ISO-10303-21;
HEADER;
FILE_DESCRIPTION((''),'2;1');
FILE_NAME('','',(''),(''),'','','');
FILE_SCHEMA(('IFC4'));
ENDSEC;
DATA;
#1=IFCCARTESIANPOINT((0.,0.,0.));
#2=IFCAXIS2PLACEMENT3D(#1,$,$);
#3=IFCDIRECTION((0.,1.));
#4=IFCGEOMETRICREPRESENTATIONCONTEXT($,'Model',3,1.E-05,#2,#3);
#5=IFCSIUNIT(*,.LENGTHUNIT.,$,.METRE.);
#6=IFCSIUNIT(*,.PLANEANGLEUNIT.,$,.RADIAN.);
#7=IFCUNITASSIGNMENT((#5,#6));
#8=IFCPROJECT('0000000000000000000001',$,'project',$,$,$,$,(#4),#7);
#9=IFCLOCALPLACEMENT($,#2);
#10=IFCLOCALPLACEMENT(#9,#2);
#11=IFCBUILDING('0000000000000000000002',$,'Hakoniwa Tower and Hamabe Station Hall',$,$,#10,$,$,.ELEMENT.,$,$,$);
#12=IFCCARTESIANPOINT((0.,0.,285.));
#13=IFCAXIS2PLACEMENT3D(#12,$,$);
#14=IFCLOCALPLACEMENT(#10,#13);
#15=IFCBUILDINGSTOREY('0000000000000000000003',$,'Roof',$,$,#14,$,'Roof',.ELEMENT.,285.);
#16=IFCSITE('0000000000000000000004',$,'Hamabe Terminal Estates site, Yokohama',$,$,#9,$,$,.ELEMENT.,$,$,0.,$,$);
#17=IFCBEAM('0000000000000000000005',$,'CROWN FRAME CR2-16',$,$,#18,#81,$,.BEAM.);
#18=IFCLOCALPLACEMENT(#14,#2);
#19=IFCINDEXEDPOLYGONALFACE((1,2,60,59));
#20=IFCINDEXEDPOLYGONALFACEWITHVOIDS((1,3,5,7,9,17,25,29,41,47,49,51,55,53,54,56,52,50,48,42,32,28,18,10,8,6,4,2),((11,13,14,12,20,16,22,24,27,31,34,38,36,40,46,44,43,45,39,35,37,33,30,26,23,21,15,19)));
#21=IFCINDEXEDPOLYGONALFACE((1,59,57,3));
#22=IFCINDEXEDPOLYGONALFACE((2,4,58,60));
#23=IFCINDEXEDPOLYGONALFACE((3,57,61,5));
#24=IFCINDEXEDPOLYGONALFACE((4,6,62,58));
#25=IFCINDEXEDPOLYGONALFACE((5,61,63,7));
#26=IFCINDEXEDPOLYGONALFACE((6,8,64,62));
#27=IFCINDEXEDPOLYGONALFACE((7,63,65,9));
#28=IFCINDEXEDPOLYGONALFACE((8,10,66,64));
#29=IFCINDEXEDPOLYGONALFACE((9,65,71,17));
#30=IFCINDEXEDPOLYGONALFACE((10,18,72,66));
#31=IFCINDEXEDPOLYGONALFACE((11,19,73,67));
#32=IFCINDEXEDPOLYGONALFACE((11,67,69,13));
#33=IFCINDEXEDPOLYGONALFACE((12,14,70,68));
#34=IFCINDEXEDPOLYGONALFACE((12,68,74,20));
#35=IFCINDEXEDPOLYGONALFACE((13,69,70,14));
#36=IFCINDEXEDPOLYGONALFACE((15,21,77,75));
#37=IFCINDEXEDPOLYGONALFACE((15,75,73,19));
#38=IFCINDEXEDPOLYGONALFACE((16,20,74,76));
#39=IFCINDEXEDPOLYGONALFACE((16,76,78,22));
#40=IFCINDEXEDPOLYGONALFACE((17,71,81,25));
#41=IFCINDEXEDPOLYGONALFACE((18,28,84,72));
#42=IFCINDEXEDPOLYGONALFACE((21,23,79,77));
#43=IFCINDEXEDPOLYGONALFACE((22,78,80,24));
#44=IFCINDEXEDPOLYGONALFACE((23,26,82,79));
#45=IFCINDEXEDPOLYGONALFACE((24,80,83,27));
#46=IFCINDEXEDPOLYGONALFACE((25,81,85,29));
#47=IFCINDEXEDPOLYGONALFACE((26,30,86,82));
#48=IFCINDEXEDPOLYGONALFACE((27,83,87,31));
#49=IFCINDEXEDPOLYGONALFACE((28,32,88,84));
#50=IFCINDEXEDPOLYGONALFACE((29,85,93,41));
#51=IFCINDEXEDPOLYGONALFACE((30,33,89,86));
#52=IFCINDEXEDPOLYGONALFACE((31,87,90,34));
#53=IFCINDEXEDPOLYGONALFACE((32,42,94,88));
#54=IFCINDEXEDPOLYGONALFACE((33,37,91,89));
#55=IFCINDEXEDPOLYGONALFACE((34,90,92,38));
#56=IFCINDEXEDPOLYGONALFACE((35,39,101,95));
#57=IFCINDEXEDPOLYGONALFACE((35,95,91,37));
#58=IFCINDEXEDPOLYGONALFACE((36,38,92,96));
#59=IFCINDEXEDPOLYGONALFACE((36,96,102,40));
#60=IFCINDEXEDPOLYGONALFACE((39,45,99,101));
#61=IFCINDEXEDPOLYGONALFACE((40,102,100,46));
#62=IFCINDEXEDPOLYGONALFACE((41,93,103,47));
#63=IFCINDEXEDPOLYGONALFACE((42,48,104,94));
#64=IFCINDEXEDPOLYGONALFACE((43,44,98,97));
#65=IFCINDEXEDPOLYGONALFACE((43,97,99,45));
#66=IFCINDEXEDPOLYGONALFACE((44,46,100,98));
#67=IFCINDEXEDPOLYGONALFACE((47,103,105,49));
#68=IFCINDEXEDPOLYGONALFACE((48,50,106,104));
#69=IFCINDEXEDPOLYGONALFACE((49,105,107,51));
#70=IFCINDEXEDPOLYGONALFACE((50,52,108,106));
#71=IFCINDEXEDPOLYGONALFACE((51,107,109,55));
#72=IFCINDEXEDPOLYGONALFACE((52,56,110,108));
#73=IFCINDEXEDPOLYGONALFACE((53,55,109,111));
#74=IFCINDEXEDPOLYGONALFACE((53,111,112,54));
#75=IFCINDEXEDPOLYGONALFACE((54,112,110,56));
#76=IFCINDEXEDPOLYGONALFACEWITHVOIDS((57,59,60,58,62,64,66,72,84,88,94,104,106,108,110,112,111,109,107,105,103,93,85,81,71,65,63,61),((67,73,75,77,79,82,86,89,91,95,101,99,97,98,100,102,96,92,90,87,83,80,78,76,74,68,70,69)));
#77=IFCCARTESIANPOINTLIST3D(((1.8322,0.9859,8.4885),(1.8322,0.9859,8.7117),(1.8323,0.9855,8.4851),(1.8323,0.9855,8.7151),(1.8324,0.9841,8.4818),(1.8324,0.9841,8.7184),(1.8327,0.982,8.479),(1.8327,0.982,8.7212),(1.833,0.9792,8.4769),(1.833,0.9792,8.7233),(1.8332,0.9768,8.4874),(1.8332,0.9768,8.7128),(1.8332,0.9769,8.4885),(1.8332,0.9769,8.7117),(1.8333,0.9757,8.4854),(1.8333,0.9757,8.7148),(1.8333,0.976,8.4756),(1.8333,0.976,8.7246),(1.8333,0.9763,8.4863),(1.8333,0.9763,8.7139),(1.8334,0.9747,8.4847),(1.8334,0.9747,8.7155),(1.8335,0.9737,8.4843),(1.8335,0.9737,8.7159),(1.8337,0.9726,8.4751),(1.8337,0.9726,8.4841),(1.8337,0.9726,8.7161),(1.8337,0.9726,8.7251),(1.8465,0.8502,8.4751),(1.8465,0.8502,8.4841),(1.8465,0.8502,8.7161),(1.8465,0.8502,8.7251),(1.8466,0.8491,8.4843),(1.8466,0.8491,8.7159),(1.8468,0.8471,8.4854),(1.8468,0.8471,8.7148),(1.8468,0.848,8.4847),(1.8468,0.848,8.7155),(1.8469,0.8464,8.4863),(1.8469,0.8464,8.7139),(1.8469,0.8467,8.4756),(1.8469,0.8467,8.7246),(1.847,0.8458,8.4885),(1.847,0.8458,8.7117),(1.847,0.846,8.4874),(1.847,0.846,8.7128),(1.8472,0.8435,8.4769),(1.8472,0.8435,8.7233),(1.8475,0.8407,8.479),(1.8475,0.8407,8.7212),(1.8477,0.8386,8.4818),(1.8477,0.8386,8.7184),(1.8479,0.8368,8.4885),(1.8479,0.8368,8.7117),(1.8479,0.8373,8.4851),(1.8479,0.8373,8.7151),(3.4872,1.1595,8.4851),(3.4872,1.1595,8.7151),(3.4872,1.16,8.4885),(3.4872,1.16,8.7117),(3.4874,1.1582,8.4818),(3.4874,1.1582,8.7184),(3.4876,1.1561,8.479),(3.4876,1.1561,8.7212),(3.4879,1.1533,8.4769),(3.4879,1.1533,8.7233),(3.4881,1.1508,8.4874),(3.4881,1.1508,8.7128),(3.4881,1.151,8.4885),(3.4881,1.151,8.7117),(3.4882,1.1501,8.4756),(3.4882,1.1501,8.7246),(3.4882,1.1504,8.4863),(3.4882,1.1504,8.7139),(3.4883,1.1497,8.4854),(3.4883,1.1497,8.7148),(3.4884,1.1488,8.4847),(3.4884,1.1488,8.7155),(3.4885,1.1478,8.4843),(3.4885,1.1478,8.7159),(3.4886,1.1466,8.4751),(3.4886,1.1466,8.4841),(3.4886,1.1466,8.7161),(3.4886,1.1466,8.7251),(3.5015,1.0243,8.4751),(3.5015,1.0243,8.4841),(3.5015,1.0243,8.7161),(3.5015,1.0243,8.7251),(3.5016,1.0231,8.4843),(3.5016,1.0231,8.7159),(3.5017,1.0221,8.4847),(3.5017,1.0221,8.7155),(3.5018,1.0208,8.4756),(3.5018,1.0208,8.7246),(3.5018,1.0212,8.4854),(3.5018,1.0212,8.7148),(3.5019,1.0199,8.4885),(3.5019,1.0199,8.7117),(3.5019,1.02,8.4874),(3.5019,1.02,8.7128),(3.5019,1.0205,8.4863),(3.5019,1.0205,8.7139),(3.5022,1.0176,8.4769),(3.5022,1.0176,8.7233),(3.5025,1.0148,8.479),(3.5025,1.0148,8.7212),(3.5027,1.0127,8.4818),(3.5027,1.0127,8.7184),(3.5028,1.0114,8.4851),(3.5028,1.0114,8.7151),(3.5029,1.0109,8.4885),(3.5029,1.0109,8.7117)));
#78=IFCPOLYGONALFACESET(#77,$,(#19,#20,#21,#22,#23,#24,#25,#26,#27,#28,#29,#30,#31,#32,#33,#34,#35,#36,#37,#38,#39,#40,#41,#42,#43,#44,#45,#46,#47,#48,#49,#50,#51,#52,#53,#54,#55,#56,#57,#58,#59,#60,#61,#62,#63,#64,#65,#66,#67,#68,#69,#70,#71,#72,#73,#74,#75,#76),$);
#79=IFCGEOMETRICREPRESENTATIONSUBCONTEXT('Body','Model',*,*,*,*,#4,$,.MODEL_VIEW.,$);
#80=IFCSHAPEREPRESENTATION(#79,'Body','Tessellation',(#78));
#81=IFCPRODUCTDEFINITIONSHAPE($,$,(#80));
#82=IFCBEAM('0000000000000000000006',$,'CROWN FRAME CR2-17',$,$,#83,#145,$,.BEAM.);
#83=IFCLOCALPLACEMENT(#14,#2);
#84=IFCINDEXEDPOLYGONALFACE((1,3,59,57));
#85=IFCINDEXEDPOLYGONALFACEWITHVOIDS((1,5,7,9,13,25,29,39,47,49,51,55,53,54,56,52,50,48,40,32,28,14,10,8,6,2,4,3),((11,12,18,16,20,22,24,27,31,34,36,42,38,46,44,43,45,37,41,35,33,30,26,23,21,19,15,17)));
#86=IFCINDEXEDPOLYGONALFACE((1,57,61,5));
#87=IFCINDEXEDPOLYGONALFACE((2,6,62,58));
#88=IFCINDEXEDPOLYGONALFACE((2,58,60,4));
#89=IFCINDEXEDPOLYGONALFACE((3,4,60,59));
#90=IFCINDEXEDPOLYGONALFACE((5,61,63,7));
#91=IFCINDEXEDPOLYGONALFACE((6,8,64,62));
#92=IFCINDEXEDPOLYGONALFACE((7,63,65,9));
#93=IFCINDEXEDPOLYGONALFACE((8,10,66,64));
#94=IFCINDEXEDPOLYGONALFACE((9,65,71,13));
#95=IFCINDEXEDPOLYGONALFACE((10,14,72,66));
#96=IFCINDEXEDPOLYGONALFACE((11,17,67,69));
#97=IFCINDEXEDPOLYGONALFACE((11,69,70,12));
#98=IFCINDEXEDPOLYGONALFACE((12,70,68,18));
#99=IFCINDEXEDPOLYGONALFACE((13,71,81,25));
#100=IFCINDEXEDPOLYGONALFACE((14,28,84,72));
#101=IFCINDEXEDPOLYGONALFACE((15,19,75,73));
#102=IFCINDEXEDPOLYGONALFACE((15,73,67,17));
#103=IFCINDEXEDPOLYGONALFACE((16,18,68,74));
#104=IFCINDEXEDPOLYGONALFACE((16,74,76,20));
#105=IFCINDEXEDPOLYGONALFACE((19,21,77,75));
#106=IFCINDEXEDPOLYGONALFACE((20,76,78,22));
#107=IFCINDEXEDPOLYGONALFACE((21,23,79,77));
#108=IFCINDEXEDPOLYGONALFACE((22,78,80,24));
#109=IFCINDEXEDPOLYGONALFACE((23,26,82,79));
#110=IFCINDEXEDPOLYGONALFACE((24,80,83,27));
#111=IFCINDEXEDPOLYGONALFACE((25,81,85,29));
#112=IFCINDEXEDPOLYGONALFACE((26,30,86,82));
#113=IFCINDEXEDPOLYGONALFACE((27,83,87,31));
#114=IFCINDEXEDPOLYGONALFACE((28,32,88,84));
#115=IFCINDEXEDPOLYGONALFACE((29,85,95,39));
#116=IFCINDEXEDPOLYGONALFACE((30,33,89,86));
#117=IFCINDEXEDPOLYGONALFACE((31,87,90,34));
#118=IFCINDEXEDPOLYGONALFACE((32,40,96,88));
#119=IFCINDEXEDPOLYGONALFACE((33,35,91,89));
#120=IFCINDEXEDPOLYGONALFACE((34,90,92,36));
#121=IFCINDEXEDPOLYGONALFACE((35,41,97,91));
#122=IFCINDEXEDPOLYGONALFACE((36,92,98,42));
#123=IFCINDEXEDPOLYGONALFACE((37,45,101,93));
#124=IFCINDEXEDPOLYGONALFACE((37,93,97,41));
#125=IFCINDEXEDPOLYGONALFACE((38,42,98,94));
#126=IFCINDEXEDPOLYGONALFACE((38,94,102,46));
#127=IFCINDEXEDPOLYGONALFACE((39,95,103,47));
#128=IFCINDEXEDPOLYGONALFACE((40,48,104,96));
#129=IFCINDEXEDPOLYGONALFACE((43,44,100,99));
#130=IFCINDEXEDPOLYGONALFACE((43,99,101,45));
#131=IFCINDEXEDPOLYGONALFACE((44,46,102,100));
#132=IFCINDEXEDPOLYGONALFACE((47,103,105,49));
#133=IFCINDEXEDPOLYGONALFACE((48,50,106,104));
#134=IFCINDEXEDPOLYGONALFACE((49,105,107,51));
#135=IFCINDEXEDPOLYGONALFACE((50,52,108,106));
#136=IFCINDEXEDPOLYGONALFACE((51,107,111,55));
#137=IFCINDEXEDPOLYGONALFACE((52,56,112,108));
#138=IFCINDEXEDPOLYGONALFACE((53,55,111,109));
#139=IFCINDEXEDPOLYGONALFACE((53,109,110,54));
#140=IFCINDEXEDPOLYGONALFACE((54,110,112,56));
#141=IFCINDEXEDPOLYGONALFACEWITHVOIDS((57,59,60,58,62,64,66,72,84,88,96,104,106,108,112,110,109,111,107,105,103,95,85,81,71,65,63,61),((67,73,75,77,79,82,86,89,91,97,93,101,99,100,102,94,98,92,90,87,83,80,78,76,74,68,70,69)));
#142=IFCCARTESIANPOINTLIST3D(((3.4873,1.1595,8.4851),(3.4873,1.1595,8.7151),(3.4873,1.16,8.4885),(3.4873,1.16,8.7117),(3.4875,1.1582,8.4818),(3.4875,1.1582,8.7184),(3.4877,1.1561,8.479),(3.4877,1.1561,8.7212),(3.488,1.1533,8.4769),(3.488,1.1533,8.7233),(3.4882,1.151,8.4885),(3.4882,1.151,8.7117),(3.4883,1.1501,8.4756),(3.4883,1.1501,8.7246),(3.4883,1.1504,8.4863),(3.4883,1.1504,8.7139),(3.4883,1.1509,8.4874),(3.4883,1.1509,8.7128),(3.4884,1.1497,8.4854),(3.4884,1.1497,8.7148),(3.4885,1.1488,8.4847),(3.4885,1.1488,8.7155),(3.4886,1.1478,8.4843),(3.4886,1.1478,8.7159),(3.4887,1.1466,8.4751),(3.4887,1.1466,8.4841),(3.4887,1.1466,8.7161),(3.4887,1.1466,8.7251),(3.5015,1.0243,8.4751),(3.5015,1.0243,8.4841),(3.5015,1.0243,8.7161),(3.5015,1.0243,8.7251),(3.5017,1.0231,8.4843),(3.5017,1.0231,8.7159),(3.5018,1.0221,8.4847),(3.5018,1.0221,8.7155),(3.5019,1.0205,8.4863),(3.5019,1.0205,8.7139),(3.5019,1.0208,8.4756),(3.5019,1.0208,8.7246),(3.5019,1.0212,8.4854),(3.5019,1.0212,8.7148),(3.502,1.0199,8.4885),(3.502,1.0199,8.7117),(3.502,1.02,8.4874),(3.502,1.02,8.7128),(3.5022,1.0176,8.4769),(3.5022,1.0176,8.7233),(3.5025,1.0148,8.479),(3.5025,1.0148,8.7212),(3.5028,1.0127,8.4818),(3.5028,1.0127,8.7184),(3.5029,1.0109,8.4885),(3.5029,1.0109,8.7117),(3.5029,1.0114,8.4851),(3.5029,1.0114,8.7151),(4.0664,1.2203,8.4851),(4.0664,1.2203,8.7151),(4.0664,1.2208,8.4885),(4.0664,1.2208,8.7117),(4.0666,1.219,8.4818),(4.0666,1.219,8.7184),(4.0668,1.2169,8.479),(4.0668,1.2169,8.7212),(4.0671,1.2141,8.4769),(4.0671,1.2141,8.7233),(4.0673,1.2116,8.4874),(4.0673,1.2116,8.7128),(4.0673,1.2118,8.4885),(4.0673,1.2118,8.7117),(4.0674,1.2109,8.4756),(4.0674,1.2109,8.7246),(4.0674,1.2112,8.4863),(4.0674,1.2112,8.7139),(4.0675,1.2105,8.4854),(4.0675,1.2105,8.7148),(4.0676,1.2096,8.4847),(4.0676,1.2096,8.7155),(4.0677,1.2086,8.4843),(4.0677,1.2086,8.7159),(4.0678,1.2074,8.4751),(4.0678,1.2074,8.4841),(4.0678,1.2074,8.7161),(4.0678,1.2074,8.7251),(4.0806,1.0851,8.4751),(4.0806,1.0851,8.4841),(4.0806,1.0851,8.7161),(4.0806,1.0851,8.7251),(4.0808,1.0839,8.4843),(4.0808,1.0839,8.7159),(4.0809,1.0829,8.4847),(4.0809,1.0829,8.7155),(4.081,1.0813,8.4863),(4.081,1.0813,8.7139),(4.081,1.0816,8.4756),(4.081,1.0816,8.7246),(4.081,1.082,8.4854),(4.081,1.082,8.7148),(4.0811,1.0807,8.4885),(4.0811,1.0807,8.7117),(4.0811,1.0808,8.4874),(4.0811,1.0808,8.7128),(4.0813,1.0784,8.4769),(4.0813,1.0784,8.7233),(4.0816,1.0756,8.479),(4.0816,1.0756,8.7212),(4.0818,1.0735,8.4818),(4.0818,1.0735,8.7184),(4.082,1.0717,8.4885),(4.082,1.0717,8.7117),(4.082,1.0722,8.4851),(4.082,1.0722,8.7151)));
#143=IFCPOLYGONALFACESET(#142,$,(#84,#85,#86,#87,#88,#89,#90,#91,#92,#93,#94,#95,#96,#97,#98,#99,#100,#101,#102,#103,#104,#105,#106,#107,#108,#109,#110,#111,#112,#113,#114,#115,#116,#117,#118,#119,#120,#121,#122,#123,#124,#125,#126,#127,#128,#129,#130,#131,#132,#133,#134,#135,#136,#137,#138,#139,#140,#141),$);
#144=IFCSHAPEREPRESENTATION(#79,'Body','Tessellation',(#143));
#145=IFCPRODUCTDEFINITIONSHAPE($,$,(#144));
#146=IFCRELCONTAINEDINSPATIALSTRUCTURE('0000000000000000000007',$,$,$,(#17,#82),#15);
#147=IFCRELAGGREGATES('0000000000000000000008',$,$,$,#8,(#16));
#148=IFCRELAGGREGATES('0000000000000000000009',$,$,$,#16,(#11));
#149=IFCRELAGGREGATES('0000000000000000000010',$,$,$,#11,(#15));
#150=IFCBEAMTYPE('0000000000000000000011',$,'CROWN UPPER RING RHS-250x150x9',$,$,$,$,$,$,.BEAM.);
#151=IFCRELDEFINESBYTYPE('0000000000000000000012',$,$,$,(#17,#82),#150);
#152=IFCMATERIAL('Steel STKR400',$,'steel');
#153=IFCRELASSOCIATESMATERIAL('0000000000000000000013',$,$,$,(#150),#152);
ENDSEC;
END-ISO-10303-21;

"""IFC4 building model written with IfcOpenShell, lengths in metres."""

from ifc_helpers import new_model, si_unit, direction, frame, origin, origin_2d, place, context, subcontext, project, spatial, hollow_rectangle, extrude, material, material_profile, profile_set, type_object, element, save


model = new_model("IFC4")

# Units and contexts
model_context = context("Model", 3, precision=1e-05, world=origin(), true_north=direction((0.0, 1.0)))
body_context = subcontext(model_context, "Body", "Model", "MODEL_VIEW")
ifc_project = project(units=[si_unit("LENGTHUNIT", "METRE"), si_unit("PLANEANGLEUNIT", "RADIAN")], contexts=[model_context])

# Site, building, storey
site_placement = place(None, origin())
site = spatial("IfcSite", under=ifc_project, at=site_placement, Name="Hamabe Terminal Estates site, Yokohama", CompositionType="ELEMENT", RefElevation=0.0)
building_placement = place(site_placement, origin())
building = spatial("IfcBuilding", under=site, at=building_placement, Name="Hakoniwa Tower and Hamabe Station Hall", CompositionType="ELEMENT")
storey_placement = place(building_placement, frame((0.0, 0.0, 285.0)))
storey = spatial("IfcBuildingStorey", under=building, at=storey_placement, Name="Roof", LongName="Roof", CompositionType="ELEMENT", Elevation=285.0)

# Beams
ifc_material_1 = material(Name="Steel STKR400", Category="steel")
ifc_material_profile_1 = material_profile(ifc_material_1, hollow_rectangle(XDim=0.1499, YDim=0.25, WallThickness=0.009, InnerFilletRadius=0.0044, OuterFilletRadius=0.0134, at=origin_2d()), Name="RHS-250x150x9")
ifc_profile_set_1 = profile_set([ifc_material_profile_1], Name="Steel STKR400")
beam_type = type_object("IfcBeamType", Name="CROWN UPPER RING RHS-250x150x9", PredefinedType="BEAM", material=ifc_profile_set_1)
beam_1_placement = place(storey_placement, frame((1.8401, 0.9114, 8.6001), z_axis=(0.994514, 0.104601, 0.0), x_axis=(-0.104601, 0.994514, 0.0)))
element("IfcBeam", 1, at=beam_1_placement, inside=storey, type_object=beam_type, Name="CROWN FRAME CR2-16", PredefinedType="BEAM", context=body_context, shape_type="SweptSolid", body=[
    extrude(hollow_rectangle(XDim=0.1499, YDim=0.25, WallThickness=0.009, InnerFilletRadius=0.0044, OuterFilletRadius=0.0134, at=origin_2d()), origin(), (0.0, 0.0, 1.0), 1.6641),
])
beam_2_placement = place(storey_placement, frame((3.4951, 1.0854, 8.6001), z_axis=(0.994535, 0.104401, 0.0), x_axis=(-0.104401, 0.994535, 0.0)))
element("IfcBeam", 2, at=beam_2_placement, inside=storey, type_object=beam_type, Name="CROWN FRAME CR2-17", PredefinedType="BEAM", context=body_context, shape_type="SweptSolid", body=[
    extrude(hollow_rectangle(XDim=0.1499, YDim=0.25, WallThickness=0.009, InnerFilletRadius=0.0044, OuterFilletRadius=0.0134, at=origin_2d()), origin(), (0.0, 0.0, 1.0), 0.5823),
])

save(model, "model.ifc")
